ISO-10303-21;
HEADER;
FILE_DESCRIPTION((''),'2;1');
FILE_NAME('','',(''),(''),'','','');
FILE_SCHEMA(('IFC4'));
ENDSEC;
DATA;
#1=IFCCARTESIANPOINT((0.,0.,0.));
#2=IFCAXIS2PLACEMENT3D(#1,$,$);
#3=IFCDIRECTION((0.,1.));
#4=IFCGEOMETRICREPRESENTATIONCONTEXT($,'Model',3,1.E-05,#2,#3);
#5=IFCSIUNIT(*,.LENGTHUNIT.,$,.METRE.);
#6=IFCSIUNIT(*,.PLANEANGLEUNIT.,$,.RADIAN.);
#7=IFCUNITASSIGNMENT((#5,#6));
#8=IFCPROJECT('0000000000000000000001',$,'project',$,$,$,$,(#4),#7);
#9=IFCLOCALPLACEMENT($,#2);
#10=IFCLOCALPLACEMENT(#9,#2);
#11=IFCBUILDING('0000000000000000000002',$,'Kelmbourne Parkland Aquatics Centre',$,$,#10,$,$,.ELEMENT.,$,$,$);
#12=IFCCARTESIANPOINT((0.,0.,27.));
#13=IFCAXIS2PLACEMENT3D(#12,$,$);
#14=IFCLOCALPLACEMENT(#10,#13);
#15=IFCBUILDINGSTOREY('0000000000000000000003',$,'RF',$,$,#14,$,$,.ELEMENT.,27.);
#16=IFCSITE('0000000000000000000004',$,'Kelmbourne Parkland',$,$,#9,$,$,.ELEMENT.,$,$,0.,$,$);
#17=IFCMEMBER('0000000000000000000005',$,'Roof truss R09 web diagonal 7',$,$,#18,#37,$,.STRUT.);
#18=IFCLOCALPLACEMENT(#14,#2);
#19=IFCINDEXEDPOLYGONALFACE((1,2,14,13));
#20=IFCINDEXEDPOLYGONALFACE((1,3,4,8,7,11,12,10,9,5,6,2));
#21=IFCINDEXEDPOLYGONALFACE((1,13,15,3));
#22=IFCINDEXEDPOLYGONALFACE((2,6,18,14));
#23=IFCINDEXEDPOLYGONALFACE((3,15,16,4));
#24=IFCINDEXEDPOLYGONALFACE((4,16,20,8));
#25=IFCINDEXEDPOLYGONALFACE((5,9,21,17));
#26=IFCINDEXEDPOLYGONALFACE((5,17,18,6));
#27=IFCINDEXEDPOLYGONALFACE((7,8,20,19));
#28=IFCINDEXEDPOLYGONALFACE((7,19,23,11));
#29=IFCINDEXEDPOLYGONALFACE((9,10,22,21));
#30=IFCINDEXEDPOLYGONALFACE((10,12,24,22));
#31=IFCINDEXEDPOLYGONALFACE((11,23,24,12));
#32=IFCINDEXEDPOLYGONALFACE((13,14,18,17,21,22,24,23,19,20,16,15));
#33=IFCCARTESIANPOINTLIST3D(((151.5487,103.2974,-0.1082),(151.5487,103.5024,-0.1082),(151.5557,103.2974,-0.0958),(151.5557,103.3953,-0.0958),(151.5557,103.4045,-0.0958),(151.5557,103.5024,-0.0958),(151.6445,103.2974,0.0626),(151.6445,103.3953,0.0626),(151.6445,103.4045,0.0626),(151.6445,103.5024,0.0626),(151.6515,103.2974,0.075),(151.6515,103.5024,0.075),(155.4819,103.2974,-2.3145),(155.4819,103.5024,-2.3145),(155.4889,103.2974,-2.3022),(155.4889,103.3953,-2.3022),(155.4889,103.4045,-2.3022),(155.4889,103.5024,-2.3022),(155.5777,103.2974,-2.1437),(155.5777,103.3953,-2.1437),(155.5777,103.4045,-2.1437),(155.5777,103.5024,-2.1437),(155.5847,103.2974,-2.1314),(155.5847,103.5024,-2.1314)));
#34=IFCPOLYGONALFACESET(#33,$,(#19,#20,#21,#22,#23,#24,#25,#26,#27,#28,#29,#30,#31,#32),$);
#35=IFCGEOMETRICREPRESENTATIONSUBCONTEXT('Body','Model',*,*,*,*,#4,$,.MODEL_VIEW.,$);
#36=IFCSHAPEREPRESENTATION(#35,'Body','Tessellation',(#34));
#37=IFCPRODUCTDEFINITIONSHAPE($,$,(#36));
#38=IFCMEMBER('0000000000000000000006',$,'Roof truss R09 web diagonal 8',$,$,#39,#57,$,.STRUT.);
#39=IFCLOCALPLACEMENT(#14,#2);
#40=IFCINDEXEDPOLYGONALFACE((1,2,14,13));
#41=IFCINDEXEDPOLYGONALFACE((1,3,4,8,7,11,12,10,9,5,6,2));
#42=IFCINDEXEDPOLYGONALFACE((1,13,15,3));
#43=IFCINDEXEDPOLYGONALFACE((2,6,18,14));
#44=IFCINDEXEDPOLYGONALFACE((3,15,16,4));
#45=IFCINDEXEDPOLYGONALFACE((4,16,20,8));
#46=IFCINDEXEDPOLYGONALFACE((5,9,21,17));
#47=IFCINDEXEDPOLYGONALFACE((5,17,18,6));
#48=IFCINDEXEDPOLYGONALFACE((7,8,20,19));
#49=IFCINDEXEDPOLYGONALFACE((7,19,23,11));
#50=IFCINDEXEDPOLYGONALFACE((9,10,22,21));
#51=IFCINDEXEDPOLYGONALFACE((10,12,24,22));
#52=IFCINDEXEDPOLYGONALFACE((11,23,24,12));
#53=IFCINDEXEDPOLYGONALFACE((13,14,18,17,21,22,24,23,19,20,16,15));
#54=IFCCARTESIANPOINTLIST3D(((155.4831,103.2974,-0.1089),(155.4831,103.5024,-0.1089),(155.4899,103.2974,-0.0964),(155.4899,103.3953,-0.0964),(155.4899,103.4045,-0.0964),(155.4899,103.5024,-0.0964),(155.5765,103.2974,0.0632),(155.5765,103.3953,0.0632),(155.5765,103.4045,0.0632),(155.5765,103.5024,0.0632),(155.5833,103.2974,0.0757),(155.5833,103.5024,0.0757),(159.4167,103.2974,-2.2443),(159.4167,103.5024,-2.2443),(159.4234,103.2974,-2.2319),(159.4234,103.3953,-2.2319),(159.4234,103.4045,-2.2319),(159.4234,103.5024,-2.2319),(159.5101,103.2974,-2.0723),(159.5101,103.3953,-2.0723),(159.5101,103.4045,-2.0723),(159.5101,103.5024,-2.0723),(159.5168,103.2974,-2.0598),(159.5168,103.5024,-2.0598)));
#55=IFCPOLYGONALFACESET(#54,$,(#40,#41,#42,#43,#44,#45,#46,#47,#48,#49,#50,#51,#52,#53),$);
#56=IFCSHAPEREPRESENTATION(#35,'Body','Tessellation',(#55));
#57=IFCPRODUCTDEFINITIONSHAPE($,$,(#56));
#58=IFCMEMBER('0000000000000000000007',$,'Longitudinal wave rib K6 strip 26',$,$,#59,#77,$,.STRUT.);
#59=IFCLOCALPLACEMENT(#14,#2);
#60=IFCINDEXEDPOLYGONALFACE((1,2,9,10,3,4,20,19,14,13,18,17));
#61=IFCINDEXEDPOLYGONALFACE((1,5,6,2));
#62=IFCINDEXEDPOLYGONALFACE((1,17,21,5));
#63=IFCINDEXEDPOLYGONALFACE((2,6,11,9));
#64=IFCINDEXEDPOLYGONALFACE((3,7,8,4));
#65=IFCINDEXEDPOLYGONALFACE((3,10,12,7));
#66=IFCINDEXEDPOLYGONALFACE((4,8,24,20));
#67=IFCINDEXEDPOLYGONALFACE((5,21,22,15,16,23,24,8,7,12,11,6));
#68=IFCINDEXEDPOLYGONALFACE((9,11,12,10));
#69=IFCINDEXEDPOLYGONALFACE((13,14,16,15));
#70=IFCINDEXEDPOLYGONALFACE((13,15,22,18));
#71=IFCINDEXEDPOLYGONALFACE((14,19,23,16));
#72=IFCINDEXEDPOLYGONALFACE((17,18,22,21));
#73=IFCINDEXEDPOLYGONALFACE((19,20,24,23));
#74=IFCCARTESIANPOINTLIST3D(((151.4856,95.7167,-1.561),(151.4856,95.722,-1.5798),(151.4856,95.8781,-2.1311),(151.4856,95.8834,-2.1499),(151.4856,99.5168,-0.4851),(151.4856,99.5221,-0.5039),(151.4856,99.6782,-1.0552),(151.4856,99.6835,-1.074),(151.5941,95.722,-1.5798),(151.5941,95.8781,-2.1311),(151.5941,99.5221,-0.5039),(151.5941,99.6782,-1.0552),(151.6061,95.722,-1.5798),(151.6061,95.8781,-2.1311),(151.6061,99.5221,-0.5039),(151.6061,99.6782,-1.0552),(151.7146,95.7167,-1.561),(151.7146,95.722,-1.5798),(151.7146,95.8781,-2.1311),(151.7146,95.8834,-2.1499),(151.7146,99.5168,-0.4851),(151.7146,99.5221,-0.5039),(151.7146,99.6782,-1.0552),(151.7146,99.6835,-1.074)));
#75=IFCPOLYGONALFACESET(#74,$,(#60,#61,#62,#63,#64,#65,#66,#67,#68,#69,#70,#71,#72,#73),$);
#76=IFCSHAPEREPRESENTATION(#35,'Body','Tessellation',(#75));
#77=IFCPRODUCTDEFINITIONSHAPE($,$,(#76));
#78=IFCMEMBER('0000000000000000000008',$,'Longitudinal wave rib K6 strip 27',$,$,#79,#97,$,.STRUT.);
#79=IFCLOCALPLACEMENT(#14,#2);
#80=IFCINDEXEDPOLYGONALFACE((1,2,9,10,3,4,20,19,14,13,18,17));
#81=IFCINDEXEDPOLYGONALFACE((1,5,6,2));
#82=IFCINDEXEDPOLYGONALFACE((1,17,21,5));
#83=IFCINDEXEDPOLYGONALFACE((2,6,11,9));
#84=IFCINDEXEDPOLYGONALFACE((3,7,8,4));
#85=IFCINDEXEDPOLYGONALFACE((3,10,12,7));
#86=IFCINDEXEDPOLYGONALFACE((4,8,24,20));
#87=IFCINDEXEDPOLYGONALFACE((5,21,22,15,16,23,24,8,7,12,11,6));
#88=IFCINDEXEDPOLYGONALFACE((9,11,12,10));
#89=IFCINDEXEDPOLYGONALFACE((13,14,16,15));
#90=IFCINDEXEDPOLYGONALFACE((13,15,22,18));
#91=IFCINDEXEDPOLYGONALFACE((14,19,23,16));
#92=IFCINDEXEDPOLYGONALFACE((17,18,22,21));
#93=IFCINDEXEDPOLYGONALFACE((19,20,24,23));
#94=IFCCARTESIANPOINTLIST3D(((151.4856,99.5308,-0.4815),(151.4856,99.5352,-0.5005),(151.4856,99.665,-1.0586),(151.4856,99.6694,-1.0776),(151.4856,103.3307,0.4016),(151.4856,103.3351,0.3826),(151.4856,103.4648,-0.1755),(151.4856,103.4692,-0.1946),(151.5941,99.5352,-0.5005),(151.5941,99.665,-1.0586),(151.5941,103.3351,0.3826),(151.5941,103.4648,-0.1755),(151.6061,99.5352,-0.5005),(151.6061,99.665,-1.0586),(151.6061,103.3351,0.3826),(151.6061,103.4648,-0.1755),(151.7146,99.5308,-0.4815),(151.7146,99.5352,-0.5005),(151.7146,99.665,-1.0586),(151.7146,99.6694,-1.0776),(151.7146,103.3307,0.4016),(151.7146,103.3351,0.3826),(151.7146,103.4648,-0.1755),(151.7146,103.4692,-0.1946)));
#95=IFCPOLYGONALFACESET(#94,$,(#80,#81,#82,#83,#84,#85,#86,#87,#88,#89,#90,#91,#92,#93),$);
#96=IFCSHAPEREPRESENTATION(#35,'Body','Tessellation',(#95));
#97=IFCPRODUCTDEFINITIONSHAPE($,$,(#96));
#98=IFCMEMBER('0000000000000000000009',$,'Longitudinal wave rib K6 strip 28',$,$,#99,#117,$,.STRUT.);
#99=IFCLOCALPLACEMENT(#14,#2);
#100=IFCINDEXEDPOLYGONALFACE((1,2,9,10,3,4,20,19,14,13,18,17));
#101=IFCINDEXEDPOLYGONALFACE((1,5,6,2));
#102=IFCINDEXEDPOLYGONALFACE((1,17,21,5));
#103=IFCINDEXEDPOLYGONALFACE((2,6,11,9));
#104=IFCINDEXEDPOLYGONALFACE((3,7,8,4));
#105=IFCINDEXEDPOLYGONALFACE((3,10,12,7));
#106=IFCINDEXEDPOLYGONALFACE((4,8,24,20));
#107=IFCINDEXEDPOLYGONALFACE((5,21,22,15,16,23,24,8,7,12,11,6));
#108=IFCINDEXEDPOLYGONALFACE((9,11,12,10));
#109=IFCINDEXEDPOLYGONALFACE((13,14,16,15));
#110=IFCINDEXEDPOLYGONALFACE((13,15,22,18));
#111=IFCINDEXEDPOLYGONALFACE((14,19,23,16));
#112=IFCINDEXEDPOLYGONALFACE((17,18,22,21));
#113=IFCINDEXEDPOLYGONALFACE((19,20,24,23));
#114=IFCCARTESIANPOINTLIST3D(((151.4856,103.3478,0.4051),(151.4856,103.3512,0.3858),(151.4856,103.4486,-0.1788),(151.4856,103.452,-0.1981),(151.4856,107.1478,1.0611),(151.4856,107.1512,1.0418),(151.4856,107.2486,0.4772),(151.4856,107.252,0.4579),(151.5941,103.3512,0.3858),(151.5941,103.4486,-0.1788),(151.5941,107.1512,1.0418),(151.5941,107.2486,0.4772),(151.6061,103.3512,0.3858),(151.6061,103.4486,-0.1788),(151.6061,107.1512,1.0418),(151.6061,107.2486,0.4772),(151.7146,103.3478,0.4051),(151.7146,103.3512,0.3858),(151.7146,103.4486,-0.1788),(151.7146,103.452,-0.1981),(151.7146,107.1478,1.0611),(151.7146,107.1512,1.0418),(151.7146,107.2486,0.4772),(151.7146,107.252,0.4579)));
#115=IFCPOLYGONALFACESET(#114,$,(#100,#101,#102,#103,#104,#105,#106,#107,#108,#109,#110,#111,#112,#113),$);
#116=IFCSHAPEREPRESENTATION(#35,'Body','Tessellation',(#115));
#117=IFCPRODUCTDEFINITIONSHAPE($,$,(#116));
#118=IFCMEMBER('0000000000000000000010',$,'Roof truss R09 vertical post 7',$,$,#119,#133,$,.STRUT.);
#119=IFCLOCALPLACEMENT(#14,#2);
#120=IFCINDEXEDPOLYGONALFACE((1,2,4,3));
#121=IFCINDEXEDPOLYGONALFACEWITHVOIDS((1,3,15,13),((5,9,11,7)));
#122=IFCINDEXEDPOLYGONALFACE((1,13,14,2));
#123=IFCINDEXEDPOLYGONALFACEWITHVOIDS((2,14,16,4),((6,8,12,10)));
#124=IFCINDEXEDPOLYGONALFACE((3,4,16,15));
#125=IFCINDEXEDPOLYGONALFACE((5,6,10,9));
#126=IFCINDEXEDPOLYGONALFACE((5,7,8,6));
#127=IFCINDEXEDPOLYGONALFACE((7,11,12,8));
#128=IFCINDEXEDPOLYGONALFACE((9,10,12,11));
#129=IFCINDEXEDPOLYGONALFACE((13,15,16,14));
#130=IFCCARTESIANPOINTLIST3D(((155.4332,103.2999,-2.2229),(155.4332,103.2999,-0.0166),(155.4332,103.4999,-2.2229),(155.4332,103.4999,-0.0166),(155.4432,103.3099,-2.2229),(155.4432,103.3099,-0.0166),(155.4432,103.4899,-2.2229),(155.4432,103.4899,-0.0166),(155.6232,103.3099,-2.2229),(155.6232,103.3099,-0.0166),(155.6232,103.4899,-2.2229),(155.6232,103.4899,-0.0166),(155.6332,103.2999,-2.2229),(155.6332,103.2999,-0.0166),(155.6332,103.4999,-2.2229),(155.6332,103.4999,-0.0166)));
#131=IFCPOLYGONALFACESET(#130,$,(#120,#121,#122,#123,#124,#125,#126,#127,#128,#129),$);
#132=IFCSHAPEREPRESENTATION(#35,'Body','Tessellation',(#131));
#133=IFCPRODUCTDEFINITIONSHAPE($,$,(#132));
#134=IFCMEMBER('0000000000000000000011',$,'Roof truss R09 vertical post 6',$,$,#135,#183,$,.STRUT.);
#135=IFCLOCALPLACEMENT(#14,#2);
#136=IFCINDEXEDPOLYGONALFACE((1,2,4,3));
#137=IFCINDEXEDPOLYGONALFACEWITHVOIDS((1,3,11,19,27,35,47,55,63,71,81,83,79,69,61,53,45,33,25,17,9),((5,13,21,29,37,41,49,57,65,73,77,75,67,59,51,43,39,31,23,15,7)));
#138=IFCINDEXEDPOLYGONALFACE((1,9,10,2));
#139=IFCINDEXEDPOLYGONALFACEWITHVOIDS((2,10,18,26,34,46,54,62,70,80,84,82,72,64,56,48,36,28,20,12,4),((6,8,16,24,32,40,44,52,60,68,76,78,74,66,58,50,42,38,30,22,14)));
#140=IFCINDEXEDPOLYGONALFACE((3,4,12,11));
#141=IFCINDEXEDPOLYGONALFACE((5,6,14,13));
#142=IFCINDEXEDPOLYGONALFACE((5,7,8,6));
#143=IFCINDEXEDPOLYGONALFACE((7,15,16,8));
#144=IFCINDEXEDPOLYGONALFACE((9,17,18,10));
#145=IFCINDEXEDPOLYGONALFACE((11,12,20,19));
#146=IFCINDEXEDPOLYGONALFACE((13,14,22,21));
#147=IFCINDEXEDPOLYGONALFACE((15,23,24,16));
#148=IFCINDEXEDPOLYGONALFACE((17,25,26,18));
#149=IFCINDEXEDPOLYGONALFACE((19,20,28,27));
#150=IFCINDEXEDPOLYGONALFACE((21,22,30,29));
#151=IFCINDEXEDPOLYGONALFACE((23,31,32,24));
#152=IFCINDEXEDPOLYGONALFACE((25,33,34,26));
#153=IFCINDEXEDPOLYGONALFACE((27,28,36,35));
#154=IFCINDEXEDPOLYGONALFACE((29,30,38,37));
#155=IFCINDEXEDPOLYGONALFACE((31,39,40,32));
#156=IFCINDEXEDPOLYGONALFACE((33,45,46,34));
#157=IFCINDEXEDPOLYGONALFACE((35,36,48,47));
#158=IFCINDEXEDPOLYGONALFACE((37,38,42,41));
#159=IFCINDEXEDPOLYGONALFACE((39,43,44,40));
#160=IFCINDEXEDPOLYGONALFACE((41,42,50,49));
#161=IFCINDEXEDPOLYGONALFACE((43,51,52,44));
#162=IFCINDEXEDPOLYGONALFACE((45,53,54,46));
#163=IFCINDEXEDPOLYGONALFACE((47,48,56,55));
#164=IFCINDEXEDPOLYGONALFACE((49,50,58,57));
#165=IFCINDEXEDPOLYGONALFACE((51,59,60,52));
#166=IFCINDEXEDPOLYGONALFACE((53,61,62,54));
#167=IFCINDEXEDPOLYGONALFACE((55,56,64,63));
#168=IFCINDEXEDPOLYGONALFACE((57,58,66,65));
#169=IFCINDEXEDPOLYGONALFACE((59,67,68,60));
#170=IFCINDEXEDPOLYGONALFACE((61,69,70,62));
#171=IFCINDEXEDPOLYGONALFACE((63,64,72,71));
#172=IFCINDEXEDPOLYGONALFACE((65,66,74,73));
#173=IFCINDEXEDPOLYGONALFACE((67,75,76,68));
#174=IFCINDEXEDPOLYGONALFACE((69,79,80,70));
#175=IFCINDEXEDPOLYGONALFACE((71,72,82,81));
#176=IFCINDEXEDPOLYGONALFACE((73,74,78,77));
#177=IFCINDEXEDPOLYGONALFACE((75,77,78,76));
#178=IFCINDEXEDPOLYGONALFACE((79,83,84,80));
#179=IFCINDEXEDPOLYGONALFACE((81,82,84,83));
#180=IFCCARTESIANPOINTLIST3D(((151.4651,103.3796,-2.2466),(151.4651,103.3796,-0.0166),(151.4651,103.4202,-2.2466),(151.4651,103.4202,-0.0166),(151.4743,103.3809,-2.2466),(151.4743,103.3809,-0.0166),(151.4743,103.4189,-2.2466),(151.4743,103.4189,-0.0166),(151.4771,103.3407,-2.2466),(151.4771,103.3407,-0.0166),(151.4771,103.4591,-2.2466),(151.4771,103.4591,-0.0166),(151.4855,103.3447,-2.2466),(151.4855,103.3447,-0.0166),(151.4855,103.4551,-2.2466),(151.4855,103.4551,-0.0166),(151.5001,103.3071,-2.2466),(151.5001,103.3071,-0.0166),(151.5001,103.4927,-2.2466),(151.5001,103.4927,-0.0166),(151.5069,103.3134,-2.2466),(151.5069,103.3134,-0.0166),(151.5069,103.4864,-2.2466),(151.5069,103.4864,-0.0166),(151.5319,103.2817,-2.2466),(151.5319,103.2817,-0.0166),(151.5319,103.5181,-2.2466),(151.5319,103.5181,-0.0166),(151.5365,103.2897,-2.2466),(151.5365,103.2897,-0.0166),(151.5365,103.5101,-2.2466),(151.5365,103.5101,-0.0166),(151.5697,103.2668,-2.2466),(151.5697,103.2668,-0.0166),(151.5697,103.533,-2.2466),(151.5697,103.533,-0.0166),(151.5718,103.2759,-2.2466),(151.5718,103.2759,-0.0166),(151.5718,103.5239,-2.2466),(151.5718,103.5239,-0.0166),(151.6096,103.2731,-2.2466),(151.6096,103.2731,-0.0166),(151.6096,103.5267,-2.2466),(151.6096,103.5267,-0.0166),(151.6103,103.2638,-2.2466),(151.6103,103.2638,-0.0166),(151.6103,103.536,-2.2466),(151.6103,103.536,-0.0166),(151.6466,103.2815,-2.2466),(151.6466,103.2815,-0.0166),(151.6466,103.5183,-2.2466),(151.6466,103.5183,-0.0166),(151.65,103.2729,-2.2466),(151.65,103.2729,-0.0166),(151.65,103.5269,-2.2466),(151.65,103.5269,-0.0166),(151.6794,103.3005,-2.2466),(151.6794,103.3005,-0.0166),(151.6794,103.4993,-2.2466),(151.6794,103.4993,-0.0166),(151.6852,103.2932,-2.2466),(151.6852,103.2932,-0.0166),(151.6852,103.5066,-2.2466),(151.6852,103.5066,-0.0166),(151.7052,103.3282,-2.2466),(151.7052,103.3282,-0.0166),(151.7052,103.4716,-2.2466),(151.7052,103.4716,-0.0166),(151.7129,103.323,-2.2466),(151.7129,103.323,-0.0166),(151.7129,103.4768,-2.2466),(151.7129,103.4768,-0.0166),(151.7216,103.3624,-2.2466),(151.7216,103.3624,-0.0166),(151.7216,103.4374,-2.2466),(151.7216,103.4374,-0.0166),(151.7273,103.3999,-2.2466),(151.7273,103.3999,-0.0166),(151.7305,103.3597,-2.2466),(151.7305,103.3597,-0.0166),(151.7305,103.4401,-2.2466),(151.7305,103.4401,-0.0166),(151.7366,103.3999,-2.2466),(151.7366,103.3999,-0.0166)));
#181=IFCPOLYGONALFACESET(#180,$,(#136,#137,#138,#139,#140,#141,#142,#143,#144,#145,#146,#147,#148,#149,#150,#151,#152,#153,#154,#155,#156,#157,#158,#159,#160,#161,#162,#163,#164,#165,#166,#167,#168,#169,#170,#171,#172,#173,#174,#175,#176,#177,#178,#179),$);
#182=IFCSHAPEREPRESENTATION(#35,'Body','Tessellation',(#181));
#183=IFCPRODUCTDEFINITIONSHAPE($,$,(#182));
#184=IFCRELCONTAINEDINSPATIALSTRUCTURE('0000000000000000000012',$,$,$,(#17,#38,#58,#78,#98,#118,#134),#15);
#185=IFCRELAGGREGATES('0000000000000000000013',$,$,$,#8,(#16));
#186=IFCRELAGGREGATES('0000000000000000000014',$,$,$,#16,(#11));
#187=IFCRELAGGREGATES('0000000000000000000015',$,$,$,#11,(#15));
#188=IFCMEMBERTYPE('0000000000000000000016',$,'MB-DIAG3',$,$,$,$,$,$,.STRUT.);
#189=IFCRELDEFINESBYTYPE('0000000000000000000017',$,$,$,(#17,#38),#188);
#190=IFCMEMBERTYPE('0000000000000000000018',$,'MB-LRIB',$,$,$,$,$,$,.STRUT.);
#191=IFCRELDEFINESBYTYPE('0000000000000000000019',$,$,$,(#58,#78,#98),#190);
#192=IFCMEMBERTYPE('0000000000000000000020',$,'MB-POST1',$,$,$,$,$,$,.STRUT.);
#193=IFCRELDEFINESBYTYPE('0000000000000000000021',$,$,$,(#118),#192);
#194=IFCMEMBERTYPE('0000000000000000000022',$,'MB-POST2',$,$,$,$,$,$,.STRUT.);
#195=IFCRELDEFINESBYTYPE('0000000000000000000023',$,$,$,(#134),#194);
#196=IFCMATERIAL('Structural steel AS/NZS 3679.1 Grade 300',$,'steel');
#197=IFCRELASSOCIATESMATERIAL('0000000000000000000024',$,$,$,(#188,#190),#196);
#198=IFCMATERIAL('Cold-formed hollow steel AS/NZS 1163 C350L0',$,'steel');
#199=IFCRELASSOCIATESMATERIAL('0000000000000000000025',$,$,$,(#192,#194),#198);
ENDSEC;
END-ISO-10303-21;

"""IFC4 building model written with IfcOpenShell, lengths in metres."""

from ifc_helpers import new_model, si_unit, direction, frame, origin, origin_2d, place, context, subcontext, project, spatial, hollow_rectangle, hollow_circle, i_section, extrude, material, material_profile, profile_set, type_object, element, save


model = new_model("IFC4")

# Units and contexts
model_context = context("Model", 3, precision=1e-05, world=origin(), true_north=direction((0.0, 1.0)))
body_context = subcontext(model_context, "Body", "Model", "MODEL_VIEW")
ifc_project = project(units=[si_unit("LENGTHUNIT", "METRE"), si_unit("PLANEANGLEUNIT", "RADIAN")], contexts=[model_context])

# Site, building, storey
site_placement = place(None, origin())
site = spatial("IfcSite", under=ifc_project, at=site_placement, Name="Kelmbourne Parkland", CompositionType="ELEMENT", RefElevation=0.0)
building_placement = place(site_placement, origin())
building = spatial("IfcBuilding", under=site, at=building_placement, Name="Kelmbourne Parkland Aquatics Centre", CompositionType="ELEMENT")
storey_placement = place(building_placement, frame((0.0, 0.0, 27.0)))
storey = spatial("IfcBuildingStorey", under=building, at=storey_placement, Name="RF", CompositionType="ELEMENT", Elevation=27.0)

# Members
ifc_material_1 = material(Name="Structural steel AS/NZS 3679.1 Grade 300", Category="steel")
ifc_material_profile_1 = material_profile(ifc_material_1, i_section(OverallWidth=0.2051, OverallDepth=0.21, WebThickness=0.0093, FlangeThickness=0.0142, at=origin_2d()), Name="200UC59.5")
ifc_profile_set_1 = profile_set([ifc_material_profile_1], Name="Structural steel AS/NZS 3679.1 Grade 300")
member_type_1 = type_object("IfcMemberType", Name="MB-DIAG3", PredefinedType="STRUT", material=ifc_profile_set_1)
member_1_placement = place(storey_placement, frame((151.6001, 103.3999, -0.0166), z_axis=(0.87215, 0.0, -0.489238), x_axis=(0.0, 1.0, 0.0)))
element("IfcMember", 1, at=member_1_placement, inside=storey, type_object=member_type_1, Name="Roof truss R09 web diagonal 7", PredefinedType="STRUT", context=body_context, shape_type="SweptSolid", body=[
    extrude(i_section(OverallWidth=0.2051, OverallDepth=0.21, WebThickness=0.0093, FlangeThickness=0.0142, at=origin_2d()), origin(), (0.0, 0.0, 1.0), 4.5098),
])
member_2_placement = place(storey_placement, frame((155.5332, 103.3999, -0.0166), z_axis=(0.878842, 0.0, -0.477112), x_axis=(0.0, 1.0, 0.0)))
element("IfcMember", 2, at=member_2_placement, inside=storey, type_object=member_type_1, Name="Roof truss R09 web diagonal 8", PredefinedType="STRUT", context=body_context, shape_type="SweptSolid", body=[
    extrude(i_section(OverallWidth=0.2051, OverallDepth=0.21, WebThickness=0.0093, FlangeThickness=0.0142, at=origin_2d()), origin(), (0.0, 0.0, 1.0), 4.4758),
])
ifc_material_profile_2 = material_profile(ifc_material_1, i_section(OverallWidth=0.229, OverallDepth=0.6121, WebThickness=0.012, FlangeThickness=0.0195, at=origin_2d()), Name="610UB125")
ifc_profile_set_2 = profile_set([ifc_material_profile_2], Name="Structural steel AS/NZS 3679.1 Grade 300")
member_type_2 = type_object("IfcMemberType", Name="MB-LRIB", PredefinedType="STRUT", material=ifc_profile_set_2)
member_3_placement = place(storey_placement, frame((151.6001, 95.8, -1.8555), z_axis=(0.0, 0.962177, 0.272426), x_axis=(-1.0, 0.0, 0.0)))
element("IfcMember", 3, at=member_3_placement, inside=storey, type_object=member_type_2, Name="Longitudinal wave rib K6 strip 26", PredefinedType="STRUT", context=body_context, shape_type="SweptSolid", body=[
    extrude(i_section(OverallWidth=0.229, OverallDepth=0.6121, WebThickness=0.012, FlangeThickness=0.0195, at=origin_2d()), origin(), (0.0, 0.0, 1.0), 3.9495),
])
member_4_placement = place(storey_placement, frame((151.6001, 99.6001, -0.7795), z_axis=(0.0, 0.974043, 0.226363), x_axis=(-1.0, 0.0, 0.0)))
element("IfcMember", 4, at=member_4_placement, inside=storey, type_object=member_type_2, Name="Longitudinal wave rib K6 strip 27", PredefinedType="STRUT", context=body_context, shape_type="SweptSolid", body=[
    extrude(i_section(OverallWidth=0.229, OverallDepth=0.6121, WebThickness=0.012, FlangeThickness=0.0195, at=origin_2d()), origin(), (0.0, 0.0, 1.0), 3.9011),
])
member_5_placement = place(storey_placement, frame((151.6001, 103.3999, 0.1035), z_axis=(0.0, 0.985424, 0.170115), x_axis=(-1.0, 0.0, 0.0)))
element("IfcMember", 5, at=member_5_placement, inside=storey, type_object=member_type_2, Name="Longitudinal wave rib K6 strip 28", PredefinedType="STRUT", context=body_context, shape_type="SweptSolid", body=[
    extrude(i_section(OverallWidth=0.229, OverallDepth=0.6121, WebThickness=0.012, FlangeThickness=0.0195, at=origin_2d()), origin(), (0.0, 0.0, 1.0), 3.8562),
])
ifc_material_2 = material(Name="Cold-formed hollow steel AS/NZS 1163 C350L0", Category="steel")
ifc_material_profile_3 = material_profile(ifc_material_2, hollow_rectangle(XDim=0.2, YDim=0.2, WallThickness=0.01, at=origin_2d()), Name="SHS 200x200x10.0")
ifc_profile_set_3 = profile_set([ifc_material_profile_3], Name="Cold-formed hollow steel AS/NZS 1163 C350L0")
member_type_3 = type_object("IfcMemberType", Name="MB-POST1", PredefinedType="STRUT", material=ifc_profile_set_3)
member_6_placement = place(storey_placement, frame((155.5332, 103.3999, -2.2229), z_axis=(0.0, 0.0, 1.0), x_axis=(1.0, 0.0, 0.0)))
element("IfcMember", 6, at=member_6_placement, inside=storey, type_object=member_type_3, Name="Roof truss R09 vertical post 7", PredefinedType="STRUT", context=body_context, shape_type="SweptSolid", body=[
    extrude(hollow_rectangle(XDim=0.2, YDim=0.2, WallThickness=0.01, at=origin_2d()), origin(), (0.0, 0.0, 1.0), 2.2063),
])
ifc_material_profile_4 = material_profile(ifc_material_2, hollow_circle(Radius=0.1365, WallThickness=0.0093, at=origin_2d()), Name="CHS 273.1x9.3")
ifc_profile_set_4 = profile_set([ifc_material_profile_4], Name="Cold-formed hollow steel AS/NZS 1163 C350L0")
member_type_4 = type_object("IfcMemberType", Name="MB-POST2", PredefinedType="STRUT", material=ifc_profile_set_4)
member_7_placement = place(storey_placement, frame((151.6001, 103.3999, -2.2466), z_axis=(0.0, 0.0, 1.0), x_axis=(1.0, 0.0, 0.0)))
element("IfcMember", 7, at=member_7_placement, inside=storey, type_object=member_type_4, Name="Roof truss R09 vertical post 6", PredefinedType="STRUT", context=body_context, shape_type="SweptSolid", body=[
    extrude(hollow_circle(Radius=0.1365, WallThickness=0.0093, at=origin_2d()), origin(), (0.0, 0.0, 1.0), 2.23),
])

save(model, "model.ifc")
